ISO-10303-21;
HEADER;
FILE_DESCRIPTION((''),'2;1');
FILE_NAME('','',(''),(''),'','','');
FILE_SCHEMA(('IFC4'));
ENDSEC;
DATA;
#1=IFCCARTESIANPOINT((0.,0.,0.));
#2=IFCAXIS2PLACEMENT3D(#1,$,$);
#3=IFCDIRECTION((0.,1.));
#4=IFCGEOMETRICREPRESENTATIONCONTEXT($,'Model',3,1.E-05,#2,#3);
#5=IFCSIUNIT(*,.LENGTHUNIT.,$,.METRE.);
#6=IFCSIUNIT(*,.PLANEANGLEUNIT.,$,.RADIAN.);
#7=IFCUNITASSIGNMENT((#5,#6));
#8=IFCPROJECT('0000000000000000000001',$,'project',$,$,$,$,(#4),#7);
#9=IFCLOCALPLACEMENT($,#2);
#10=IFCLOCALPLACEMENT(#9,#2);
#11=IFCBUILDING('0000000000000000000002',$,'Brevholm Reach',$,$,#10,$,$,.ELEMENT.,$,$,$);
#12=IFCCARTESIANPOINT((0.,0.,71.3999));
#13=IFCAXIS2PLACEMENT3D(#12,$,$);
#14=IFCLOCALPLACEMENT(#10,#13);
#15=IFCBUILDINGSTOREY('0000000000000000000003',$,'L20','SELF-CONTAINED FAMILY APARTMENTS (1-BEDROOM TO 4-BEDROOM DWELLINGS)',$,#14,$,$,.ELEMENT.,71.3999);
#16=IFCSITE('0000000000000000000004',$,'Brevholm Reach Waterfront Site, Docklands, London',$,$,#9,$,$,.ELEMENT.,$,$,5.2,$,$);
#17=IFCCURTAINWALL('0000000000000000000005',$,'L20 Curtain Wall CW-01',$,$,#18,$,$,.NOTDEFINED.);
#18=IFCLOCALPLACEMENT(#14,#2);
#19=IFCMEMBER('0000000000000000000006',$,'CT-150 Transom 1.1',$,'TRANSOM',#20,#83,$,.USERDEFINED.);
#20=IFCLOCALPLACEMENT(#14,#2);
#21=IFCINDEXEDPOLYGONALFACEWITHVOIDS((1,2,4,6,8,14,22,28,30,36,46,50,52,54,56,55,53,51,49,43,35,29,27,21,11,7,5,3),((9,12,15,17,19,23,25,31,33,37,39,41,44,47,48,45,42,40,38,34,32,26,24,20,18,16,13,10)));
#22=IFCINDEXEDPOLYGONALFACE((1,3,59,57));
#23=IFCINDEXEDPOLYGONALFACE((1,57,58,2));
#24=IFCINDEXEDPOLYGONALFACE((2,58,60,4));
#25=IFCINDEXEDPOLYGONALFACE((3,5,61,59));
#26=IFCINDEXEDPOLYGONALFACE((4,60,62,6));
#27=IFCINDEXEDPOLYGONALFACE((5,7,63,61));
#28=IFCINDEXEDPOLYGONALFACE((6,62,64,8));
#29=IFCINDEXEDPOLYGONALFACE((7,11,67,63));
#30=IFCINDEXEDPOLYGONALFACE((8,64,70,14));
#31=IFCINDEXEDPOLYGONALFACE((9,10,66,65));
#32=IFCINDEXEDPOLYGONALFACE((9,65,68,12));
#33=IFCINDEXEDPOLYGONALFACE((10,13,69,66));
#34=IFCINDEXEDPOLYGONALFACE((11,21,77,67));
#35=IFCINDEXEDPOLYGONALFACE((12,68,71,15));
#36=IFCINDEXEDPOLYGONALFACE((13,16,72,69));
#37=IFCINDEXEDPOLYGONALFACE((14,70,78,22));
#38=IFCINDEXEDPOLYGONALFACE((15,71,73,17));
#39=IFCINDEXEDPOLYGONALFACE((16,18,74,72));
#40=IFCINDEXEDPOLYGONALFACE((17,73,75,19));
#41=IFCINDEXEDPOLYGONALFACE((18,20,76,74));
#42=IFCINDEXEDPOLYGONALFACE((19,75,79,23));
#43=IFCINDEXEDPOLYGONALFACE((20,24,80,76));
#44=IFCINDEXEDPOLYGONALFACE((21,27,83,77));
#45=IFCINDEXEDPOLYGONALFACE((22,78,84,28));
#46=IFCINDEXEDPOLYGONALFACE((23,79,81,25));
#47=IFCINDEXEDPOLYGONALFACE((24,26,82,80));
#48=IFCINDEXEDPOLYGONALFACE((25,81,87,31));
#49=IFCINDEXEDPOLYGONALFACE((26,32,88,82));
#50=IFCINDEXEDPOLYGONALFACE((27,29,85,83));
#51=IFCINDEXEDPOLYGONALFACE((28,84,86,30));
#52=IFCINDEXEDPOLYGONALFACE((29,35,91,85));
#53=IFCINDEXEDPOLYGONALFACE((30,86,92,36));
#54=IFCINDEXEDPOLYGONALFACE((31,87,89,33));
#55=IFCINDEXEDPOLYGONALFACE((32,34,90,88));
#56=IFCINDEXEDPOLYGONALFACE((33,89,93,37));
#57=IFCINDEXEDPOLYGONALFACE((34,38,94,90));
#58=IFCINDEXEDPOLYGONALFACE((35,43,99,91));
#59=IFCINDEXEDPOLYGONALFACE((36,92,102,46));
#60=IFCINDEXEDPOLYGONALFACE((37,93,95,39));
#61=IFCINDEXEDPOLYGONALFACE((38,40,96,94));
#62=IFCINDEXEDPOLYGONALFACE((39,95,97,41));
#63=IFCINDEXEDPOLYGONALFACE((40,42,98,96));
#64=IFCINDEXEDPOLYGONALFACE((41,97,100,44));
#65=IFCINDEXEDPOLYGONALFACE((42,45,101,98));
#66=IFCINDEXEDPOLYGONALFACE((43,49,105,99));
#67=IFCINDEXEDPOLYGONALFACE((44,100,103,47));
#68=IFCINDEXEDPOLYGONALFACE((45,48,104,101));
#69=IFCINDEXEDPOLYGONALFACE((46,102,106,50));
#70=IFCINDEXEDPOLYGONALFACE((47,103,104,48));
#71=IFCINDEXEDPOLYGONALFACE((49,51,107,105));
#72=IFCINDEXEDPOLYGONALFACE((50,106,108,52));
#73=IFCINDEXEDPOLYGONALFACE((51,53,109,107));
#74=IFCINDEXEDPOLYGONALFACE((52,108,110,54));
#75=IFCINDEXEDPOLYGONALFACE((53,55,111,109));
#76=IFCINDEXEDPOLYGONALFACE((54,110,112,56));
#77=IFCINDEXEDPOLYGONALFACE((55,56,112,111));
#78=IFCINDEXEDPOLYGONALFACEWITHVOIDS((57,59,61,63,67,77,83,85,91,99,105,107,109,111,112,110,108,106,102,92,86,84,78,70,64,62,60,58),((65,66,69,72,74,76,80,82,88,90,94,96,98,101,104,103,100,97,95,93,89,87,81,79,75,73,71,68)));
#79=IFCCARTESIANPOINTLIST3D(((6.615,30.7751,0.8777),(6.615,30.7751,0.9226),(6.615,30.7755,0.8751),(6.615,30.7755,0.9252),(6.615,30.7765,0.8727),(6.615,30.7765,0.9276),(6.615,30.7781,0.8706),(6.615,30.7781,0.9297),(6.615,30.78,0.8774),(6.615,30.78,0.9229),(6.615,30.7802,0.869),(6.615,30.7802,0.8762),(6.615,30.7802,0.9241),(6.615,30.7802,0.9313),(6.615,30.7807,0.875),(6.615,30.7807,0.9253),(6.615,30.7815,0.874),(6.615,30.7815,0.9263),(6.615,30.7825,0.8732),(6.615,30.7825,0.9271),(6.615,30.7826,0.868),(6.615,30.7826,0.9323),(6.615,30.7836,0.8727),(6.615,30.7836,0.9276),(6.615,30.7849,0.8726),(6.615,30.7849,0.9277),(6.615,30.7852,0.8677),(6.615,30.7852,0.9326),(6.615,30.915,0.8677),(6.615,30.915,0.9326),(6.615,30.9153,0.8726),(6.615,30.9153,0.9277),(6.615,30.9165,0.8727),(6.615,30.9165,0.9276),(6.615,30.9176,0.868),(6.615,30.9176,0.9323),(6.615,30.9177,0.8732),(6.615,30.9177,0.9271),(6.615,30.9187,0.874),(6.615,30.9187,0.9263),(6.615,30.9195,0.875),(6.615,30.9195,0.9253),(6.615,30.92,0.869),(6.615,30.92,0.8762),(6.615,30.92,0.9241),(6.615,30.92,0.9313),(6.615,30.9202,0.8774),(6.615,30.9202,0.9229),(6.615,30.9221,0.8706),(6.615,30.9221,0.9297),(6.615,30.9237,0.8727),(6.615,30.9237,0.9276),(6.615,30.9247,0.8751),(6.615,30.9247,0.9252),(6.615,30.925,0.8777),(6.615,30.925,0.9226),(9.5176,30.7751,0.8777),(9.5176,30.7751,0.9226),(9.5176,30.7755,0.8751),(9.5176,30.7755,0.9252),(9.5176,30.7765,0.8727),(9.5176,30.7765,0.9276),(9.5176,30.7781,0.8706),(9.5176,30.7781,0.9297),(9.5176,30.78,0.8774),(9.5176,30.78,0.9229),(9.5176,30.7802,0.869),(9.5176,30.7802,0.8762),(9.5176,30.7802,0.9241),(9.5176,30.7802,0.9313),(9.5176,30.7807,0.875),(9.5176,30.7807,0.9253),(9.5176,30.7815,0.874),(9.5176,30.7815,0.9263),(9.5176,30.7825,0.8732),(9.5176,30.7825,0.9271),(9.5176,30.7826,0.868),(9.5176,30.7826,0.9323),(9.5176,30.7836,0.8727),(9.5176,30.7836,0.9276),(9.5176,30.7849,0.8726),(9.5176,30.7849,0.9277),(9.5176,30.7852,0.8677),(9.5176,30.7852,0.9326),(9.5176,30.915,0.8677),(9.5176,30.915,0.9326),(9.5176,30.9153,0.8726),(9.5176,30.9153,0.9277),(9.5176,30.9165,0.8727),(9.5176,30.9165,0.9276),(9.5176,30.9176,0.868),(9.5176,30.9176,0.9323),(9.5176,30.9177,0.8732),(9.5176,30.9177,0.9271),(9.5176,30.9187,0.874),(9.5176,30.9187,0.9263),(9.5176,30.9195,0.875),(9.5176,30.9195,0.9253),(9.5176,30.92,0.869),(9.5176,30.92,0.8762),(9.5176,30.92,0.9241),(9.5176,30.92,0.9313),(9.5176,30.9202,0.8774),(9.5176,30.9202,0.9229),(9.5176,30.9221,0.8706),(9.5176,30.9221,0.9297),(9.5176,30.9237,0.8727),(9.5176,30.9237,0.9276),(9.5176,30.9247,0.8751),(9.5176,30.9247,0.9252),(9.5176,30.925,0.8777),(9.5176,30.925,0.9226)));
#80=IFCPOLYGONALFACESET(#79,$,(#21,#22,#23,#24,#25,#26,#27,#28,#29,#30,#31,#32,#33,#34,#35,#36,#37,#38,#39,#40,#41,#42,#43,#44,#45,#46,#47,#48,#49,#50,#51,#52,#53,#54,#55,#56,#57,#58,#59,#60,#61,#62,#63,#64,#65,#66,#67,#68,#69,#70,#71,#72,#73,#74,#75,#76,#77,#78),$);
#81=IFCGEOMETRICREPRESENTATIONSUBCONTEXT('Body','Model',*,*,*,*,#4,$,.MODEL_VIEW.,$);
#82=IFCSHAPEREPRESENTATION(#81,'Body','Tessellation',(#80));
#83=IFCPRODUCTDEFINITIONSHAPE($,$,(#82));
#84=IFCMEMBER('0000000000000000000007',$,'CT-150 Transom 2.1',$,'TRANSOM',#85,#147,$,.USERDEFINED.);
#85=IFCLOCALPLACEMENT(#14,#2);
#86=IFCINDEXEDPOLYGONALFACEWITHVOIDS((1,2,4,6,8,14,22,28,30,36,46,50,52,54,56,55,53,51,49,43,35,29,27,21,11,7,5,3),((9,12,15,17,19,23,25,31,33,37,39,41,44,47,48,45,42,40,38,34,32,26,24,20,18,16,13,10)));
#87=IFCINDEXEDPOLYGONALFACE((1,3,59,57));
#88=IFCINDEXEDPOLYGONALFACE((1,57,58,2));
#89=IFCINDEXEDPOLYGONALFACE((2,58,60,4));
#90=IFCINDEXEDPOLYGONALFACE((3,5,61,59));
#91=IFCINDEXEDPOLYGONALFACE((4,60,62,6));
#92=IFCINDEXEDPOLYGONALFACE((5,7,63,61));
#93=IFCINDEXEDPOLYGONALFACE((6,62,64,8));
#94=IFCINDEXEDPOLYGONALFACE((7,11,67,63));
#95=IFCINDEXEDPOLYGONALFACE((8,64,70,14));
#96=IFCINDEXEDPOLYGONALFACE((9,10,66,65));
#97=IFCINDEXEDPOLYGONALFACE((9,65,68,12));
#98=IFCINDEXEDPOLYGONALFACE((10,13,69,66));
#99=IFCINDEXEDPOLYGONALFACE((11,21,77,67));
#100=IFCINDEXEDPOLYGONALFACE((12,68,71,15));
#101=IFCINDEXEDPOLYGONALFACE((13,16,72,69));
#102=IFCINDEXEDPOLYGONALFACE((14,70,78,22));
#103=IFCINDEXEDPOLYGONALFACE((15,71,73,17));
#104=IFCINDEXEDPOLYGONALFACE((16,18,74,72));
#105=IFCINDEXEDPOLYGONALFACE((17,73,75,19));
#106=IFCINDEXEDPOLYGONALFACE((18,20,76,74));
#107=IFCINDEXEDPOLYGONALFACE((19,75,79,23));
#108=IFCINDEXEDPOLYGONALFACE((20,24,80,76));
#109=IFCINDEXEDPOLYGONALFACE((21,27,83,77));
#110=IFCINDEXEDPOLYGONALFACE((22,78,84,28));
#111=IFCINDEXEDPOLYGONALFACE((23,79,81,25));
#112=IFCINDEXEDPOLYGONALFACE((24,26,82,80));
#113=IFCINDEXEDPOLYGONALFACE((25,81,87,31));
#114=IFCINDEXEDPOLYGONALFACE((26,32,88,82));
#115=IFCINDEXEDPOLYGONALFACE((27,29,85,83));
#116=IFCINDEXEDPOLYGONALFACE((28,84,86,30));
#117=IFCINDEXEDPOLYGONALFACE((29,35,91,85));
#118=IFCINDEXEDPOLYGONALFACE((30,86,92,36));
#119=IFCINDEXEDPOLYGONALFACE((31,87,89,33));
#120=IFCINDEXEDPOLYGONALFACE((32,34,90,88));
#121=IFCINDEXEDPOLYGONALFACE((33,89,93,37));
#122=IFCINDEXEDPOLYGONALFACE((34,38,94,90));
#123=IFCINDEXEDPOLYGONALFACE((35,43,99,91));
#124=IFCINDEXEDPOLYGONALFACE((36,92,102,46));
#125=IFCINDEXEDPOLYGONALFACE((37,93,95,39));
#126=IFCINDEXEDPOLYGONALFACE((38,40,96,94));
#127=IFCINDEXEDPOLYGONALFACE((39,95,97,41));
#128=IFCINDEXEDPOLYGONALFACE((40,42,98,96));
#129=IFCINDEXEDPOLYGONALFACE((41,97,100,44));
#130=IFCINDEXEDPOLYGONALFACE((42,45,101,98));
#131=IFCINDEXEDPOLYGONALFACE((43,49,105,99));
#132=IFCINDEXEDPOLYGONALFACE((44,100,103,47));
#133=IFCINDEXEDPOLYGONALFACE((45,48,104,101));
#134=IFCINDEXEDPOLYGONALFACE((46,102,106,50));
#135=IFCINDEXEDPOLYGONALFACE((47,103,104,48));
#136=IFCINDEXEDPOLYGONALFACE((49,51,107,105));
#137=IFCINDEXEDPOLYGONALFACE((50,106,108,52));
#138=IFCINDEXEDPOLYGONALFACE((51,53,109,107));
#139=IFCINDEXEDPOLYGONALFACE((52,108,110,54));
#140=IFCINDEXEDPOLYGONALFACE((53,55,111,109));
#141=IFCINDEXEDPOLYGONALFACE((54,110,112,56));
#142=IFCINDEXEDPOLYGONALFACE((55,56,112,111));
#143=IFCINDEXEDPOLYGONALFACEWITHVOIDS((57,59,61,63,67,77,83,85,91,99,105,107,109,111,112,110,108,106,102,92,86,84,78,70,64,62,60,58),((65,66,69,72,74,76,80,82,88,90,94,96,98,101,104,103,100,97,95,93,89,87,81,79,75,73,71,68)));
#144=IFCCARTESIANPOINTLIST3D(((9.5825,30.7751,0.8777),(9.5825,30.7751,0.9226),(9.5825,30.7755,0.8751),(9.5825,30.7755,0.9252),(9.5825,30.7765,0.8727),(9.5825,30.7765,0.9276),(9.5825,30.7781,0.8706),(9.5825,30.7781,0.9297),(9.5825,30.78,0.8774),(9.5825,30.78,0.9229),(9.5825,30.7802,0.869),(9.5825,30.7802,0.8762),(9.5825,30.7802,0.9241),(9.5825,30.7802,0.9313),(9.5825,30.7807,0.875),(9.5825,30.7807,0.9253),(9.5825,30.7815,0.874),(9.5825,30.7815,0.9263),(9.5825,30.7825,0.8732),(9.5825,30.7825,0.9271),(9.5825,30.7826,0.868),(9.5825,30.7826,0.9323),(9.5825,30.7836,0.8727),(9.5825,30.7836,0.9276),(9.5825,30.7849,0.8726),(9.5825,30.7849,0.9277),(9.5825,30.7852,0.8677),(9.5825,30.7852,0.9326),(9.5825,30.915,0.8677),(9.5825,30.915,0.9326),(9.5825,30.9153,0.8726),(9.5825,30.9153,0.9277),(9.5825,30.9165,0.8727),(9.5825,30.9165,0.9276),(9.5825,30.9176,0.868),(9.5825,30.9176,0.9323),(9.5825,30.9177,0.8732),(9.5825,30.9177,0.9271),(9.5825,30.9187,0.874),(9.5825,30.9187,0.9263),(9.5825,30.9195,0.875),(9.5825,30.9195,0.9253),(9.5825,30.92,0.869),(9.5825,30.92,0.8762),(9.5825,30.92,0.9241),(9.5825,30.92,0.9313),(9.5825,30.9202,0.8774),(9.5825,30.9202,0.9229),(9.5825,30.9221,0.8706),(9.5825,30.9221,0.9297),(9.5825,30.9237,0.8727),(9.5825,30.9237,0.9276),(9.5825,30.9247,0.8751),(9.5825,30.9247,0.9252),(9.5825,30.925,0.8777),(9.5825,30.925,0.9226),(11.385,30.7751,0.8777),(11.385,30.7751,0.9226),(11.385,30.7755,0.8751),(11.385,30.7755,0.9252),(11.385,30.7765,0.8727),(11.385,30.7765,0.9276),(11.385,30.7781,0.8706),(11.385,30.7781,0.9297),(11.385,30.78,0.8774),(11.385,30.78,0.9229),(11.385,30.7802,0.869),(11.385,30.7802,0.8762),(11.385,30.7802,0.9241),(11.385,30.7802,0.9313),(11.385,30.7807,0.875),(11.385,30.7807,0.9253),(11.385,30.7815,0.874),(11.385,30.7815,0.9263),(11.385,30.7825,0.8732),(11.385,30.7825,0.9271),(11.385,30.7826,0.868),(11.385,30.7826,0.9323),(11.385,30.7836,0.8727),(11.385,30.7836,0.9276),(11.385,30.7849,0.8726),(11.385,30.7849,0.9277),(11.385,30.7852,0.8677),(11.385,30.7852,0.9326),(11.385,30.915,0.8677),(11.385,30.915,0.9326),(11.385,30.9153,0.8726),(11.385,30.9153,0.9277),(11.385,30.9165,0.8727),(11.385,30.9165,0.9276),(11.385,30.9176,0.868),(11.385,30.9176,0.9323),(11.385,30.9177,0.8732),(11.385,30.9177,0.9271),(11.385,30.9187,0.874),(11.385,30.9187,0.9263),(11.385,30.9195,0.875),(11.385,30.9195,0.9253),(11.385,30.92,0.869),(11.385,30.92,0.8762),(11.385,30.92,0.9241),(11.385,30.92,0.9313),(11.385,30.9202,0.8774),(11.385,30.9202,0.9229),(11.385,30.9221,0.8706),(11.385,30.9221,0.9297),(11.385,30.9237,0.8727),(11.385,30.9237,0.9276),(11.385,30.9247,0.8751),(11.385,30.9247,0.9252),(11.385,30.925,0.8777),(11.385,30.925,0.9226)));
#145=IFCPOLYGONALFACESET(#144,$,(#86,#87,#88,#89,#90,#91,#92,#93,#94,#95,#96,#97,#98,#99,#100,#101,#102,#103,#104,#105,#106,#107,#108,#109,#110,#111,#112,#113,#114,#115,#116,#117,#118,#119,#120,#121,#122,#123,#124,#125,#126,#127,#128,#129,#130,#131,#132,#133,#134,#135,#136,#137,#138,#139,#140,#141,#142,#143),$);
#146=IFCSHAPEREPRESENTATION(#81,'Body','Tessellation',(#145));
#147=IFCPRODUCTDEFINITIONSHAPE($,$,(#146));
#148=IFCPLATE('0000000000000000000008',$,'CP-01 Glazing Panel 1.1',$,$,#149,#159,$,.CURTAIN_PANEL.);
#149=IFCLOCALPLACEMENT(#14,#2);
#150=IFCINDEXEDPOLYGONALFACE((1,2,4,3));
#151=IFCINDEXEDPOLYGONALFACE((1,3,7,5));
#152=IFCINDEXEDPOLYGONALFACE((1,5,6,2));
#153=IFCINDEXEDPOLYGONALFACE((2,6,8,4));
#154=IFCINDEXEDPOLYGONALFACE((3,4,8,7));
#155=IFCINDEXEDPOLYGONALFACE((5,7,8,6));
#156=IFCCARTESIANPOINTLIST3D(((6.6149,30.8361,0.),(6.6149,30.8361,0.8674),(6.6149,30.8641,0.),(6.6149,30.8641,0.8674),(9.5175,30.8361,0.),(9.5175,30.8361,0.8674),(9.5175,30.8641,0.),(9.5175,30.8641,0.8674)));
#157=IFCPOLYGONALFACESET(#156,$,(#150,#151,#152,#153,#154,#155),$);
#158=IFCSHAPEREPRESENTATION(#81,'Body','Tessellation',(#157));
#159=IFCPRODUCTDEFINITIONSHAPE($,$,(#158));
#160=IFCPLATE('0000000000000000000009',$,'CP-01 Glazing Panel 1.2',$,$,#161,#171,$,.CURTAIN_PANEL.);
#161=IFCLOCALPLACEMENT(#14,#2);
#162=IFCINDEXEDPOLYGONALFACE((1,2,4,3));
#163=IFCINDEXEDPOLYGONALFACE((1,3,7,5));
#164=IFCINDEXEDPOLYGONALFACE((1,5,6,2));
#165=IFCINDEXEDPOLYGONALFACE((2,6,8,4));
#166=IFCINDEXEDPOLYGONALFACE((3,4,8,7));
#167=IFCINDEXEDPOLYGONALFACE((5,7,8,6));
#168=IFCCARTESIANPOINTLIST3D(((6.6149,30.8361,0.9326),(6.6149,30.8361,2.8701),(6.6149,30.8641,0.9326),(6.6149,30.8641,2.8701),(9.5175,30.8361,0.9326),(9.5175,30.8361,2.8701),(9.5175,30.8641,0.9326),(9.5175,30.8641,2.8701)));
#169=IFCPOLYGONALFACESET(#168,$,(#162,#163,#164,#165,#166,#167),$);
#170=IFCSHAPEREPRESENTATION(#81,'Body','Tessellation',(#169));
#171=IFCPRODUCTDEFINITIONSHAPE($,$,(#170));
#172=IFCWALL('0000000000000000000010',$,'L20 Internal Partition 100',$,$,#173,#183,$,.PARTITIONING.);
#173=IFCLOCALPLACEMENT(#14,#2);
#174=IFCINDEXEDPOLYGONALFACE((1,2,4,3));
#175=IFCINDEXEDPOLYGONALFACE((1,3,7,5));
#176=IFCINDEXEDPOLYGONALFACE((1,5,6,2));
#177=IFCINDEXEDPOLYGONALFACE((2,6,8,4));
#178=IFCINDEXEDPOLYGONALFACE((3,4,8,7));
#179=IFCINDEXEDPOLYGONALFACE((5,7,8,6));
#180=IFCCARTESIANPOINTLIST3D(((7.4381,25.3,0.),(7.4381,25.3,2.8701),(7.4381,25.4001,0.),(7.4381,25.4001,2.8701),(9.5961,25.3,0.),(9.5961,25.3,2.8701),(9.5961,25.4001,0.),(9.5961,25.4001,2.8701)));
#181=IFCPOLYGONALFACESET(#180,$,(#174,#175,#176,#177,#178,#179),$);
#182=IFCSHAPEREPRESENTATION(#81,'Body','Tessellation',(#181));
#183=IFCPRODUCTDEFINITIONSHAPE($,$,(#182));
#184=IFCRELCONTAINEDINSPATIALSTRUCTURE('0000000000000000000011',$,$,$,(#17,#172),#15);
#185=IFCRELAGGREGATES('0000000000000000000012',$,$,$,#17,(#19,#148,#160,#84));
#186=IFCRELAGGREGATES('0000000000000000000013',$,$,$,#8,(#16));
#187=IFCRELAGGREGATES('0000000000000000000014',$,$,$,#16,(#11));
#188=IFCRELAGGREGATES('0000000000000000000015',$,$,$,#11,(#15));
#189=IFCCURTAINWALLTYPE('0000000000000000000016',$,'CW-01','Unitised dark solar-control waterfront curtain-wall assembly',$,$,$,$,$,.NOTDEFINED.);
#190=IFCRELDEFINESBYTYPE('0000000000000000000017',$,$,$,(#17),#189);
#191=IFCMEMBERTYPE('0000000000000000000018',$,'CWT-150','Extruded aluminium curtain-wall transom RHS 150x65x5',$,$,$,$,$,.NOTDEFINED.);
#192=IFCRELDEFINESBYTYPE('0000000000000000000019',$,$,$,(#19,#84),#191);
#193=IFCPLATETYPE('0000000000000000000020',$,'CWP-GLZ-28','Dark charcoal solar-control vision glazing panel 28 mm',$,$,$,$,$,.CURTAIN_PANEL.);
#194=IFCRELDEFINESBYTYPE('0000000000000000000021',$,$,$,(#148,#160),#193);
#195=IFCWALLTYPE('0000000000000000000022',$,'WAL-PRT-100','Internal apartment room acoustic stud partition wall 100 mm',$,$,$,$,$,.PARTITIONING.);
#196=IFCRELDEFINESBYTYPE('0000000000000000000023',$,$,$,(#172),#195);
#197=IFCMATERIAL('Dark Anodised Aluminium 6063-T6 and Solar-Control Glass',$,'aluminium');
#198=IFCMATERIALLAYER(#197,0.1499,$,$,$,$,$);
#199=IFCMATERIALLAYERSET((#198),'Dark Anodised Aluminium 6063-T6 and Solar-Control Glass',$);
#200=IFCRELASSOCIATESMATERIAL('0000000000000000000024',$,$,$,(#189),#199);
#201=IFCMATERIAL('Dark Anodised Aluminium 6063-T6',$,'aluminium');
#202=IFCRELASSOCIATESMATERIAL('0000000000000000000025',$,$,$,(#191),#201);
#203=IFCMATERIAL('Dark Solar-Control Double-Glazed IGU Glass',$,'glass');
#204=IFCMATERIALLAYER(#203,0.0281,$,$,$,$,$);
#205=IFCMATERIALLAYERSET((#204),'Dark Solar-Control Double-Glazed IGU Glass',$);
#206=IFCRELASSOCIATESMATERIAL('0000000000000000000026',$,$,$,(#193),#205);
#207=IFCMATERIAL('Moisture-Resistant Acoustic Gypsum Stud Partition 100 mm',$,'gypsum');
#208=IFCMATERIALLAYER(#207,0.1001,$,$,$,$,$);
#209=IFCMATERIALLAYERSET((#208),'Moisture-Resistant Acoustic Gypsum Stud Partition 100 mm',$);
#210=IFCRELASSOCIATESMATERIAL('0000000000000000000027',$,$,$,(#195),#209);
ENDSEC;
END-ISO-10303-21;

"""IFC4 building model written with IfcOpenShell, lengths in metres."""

from ifc_helpers import new_model, si_unit, direction, frame, frame_2d, origin, origin_2d, place, context, subcontext, project, spatial, rectangle, hollow_rectangle, extrude, material, layer, layer_set, material_profile, profile_set, type_object, element, aggregate, save


model = new_model("IFC4")

# Units and contexts
model_context = context("Model", 3, precision=1e-05, world=origin(), true_north=direction((0.0, 1.0)))
body_context = subcontext(model_context, "Body", "Model", "MODEL_VIEW")
ifc_project = project(units=[si_unit("LENGTHUNIT", "METRE"), si_unit("PLANEANGLEUNIT", "RADIAN")], contexts=[model_context])

# Site, building, storey
site_placement = place(None, origin())
site = spatial("IfcSite", under=ifc_project, at=site_placement, Name="Brevholm Reach Waterfront Site, Docklands, London", CompositionType="ELEMENT", RefElevation=5.2)
building_placement = place(site_placement, origin())
building = spatial("IfcBuilding", under=site, at=building_placement, Name="Brevholm Reach", CompositionType="ELEMENT")
storey_placement = place(building_placement, frame((0.0, 0.0, 71.3999)))
storey = spatial("IfcBuildingStorey", under=building, at=storey_placement, Name="L20", Description="SELF-CONTAINED FAMILY APARTMENTS (1-BEDROOM TO 4-BEDROOM DWELLINGS)", CompositionType="ELEMENT", Elevation=71.3999)

# Curtain wall, members, plates
ifc_material_1 = material(Name="Dark Anodised Aluminium 6063-T6 and Solar-Control Glass", Category="aluminium")
ifc_layer_1 = layer(ifc_material_1, 0.1499)
ifc_layer_set_1 = layer_set([ifc_layer_1], Name="Dark Anodised Aluminium 6063-T6 and Solar-Control Glass")
curtain_wall_type = type_object("IfcCurtainWallType", Name="CW-01", Description="Unitised dark solar-control waterfront curtain-wall assembly", PredefinedType="NOTDEFINED", material=ifc_layer_set_1)
curtain_wall_placement = place(storey_placement, origin())
curtain_wall = element("IfcCurtainWall", 1, at=curtain_wall_placement, inside=storey, type_object=curtain_wall_type, Name="L20 Curtain Wall CW-01", PredefinedType="NOTDEFINED")
ifc_material_2 = material(Name="Dark Anodised Aluminium 6063-T6", Category="aluminium")
ifc_material_profile_1 = material_profile(ifc_material_2, hollow_rectangle(XDim=0.0649, YDim=0.1499, WallThickness=0.0049, InnerFilletRadius=0.0049, OuterFilletRadius=0.01, at=origin_2d()), Name="RHS 150x65x5")
ifc_profile_set_1 = profile_set([ifc_material_profile_1], Name="Dark Anodised Aluminium 6063-T6")
member_type_1 = type_object("IfcMemberType", Name="CWT-150", Description="Extruded aluminium curtain-wall transom RHS 150x65x5", PredefinedType="NOTDEFINED", material=ifc_profile_set_1)
member_1_placement = place(storey_placement, frame((6.615, 30.8501, 0.9001), z_axis=(1.0, 0.0, 0.0), x_axis=(0.0, 0.0, 1.0)))
member_1 = element("IfcMember", 2, at=member_1_placement, type_object=member_type_1, Name="CT-150 Transom 1.1", ObjectType="TRANSOM", PredefinedType="USERDEFINED", context=body_context, shape_type="SweptSolid", body=[
    extrude(hollow_rectangle(XDim=0.0649, YDim=0.1499, WallThickness=0.0049, InnerFilletRadius=0.0049, OuterFilletRadius=0.01, at=origin_2d()), origin(), (0.0, 0.0, 1.0), 2.9026),
])
member_2_placement = place(storey_placement, frame((9.5825, 30.8501, 0.9001), z_axis=(1.0, 0.0, 0.0), x_axis=(0.0, 0.0, 1.0)))
member_2 = element("IfcMember", 3, at=member_2_placement, type_object=member_type_1, Name="CT-150 Transom 2.1", ObjectType="TRANSOM", PredefinedType="USERDEFINED", context=body_context, shape_type="SweptSolid", body=[
    extrude(hollow_rectangle(XDim=0.0649, YDim=0.1499, WallThickness=0.0049, InnerFilletRadius=0.0049, OuterFilletRadius=0.01, at=origin_2d()), origin(), (0.0, 0.0, 1.0), 1.8025),
])
ifc_material_3 = material(Name="Dark Solar-Control Double-Glazed IGU Glass", Category="glass")
ifc_layer_2 = layer(ifc_material_3, 0.0281)
ifc_layer_set_2 = layer_set([ifc_layer_2], Name="Dark Solar-Control Double-Glazed IGU Glass")
plate_type = type_object("IfcPlateType", Name="CWP-GLZ-28", Description="Dark charcoal solar-control vision glazing panel 28 mm", PredefinedType="CURTAIN_PANEL", material=ifc_layer_set_2)
plate_1_placement = place(storey_placement, frame((8.0662, 30.8501, 0.0), z_axis=(0.0, 0.0, 1.0), x_axis=(1.0, 0.0, 0.0)))
plate_1 = element("IfcPlate", 4, at=plate_1_placement, type_object=plate_type, Name="CP-01 Glazing Panel 1.1", PredefinedType="CURTAIN_PANEL", context=body_context, shape_type="SweptSolid", body=[
    extrude(rectangle(XDim=2.9026, YDim=0.0281, at=origin_2d()), origin(), (0.0, 0.0, 1.0), 0.8674),
])
plate_2_placement = place(storey_placement, frame((8.0662, 30.8501, 0.9326), z_axis=(0.0, 0.0, 1.0), x_axis=(1.0, 0.0, 0.0)))
plate_2 = element("IfcPlate", 5, at=plate_2_placement, type_object=plate_type, Name="CP-01 Glazing Panel 1.2", PredefinedType="CURTAIN_PANEL", context=body_context, shape_type="SweptSolid", body=[
    extrude(rectangle(XDim=2.9026, YDim=0.0281, at=origin_2d()), origin(), (0.0, 0.0, 1.0), 1.9375),
])
aggregate(curtain_wall, [member_1, plate_1, plate_2, member_2])

# Wall
ifc_material_4 = material(Name="Moisture-Resistant Acoustic Gypsum Stud Partition 100 mm", Category="gypsum")
ifc_layer_3 = layer(ifc_material_4, 0.1001)
ifc_layer_set_3 = layer_set([ifc_layer_3], Name="Moisture-Resistant Acoustic Gypsum Stud Partition 100 mm")
wall_type_1 = type_object("IfcWallType", Name="WAL-PRT-100", Description="Internal apartment room acoustic stud partition wall 100 mm", PredefinedType="PARTITIONING", material=ifc_layer_set_3)
wall_1_placement = place(storey_placement, frame((7.438, 25.3501, 0.0), z_axis=(0.0, 0.0, 1.0), x_axis=(1.0, 0.0, 0.0)))
element("IfcWall", 6, at=wall_1_placement, inside=storey, type_object=wall_type_1, Name="L20 Internal Partition 100", PredefinedType="PARTITIONING", context=body_context, shape_type="SweptSolid", body=[
    extrude(rectangle(XDim=2.158, YDim=0.1001, at=frame_2d((1.0791, 0.0))), origin(), (0.0, 0.0, 1.0), 2.8701),
])

save(model, "model.ifc")
